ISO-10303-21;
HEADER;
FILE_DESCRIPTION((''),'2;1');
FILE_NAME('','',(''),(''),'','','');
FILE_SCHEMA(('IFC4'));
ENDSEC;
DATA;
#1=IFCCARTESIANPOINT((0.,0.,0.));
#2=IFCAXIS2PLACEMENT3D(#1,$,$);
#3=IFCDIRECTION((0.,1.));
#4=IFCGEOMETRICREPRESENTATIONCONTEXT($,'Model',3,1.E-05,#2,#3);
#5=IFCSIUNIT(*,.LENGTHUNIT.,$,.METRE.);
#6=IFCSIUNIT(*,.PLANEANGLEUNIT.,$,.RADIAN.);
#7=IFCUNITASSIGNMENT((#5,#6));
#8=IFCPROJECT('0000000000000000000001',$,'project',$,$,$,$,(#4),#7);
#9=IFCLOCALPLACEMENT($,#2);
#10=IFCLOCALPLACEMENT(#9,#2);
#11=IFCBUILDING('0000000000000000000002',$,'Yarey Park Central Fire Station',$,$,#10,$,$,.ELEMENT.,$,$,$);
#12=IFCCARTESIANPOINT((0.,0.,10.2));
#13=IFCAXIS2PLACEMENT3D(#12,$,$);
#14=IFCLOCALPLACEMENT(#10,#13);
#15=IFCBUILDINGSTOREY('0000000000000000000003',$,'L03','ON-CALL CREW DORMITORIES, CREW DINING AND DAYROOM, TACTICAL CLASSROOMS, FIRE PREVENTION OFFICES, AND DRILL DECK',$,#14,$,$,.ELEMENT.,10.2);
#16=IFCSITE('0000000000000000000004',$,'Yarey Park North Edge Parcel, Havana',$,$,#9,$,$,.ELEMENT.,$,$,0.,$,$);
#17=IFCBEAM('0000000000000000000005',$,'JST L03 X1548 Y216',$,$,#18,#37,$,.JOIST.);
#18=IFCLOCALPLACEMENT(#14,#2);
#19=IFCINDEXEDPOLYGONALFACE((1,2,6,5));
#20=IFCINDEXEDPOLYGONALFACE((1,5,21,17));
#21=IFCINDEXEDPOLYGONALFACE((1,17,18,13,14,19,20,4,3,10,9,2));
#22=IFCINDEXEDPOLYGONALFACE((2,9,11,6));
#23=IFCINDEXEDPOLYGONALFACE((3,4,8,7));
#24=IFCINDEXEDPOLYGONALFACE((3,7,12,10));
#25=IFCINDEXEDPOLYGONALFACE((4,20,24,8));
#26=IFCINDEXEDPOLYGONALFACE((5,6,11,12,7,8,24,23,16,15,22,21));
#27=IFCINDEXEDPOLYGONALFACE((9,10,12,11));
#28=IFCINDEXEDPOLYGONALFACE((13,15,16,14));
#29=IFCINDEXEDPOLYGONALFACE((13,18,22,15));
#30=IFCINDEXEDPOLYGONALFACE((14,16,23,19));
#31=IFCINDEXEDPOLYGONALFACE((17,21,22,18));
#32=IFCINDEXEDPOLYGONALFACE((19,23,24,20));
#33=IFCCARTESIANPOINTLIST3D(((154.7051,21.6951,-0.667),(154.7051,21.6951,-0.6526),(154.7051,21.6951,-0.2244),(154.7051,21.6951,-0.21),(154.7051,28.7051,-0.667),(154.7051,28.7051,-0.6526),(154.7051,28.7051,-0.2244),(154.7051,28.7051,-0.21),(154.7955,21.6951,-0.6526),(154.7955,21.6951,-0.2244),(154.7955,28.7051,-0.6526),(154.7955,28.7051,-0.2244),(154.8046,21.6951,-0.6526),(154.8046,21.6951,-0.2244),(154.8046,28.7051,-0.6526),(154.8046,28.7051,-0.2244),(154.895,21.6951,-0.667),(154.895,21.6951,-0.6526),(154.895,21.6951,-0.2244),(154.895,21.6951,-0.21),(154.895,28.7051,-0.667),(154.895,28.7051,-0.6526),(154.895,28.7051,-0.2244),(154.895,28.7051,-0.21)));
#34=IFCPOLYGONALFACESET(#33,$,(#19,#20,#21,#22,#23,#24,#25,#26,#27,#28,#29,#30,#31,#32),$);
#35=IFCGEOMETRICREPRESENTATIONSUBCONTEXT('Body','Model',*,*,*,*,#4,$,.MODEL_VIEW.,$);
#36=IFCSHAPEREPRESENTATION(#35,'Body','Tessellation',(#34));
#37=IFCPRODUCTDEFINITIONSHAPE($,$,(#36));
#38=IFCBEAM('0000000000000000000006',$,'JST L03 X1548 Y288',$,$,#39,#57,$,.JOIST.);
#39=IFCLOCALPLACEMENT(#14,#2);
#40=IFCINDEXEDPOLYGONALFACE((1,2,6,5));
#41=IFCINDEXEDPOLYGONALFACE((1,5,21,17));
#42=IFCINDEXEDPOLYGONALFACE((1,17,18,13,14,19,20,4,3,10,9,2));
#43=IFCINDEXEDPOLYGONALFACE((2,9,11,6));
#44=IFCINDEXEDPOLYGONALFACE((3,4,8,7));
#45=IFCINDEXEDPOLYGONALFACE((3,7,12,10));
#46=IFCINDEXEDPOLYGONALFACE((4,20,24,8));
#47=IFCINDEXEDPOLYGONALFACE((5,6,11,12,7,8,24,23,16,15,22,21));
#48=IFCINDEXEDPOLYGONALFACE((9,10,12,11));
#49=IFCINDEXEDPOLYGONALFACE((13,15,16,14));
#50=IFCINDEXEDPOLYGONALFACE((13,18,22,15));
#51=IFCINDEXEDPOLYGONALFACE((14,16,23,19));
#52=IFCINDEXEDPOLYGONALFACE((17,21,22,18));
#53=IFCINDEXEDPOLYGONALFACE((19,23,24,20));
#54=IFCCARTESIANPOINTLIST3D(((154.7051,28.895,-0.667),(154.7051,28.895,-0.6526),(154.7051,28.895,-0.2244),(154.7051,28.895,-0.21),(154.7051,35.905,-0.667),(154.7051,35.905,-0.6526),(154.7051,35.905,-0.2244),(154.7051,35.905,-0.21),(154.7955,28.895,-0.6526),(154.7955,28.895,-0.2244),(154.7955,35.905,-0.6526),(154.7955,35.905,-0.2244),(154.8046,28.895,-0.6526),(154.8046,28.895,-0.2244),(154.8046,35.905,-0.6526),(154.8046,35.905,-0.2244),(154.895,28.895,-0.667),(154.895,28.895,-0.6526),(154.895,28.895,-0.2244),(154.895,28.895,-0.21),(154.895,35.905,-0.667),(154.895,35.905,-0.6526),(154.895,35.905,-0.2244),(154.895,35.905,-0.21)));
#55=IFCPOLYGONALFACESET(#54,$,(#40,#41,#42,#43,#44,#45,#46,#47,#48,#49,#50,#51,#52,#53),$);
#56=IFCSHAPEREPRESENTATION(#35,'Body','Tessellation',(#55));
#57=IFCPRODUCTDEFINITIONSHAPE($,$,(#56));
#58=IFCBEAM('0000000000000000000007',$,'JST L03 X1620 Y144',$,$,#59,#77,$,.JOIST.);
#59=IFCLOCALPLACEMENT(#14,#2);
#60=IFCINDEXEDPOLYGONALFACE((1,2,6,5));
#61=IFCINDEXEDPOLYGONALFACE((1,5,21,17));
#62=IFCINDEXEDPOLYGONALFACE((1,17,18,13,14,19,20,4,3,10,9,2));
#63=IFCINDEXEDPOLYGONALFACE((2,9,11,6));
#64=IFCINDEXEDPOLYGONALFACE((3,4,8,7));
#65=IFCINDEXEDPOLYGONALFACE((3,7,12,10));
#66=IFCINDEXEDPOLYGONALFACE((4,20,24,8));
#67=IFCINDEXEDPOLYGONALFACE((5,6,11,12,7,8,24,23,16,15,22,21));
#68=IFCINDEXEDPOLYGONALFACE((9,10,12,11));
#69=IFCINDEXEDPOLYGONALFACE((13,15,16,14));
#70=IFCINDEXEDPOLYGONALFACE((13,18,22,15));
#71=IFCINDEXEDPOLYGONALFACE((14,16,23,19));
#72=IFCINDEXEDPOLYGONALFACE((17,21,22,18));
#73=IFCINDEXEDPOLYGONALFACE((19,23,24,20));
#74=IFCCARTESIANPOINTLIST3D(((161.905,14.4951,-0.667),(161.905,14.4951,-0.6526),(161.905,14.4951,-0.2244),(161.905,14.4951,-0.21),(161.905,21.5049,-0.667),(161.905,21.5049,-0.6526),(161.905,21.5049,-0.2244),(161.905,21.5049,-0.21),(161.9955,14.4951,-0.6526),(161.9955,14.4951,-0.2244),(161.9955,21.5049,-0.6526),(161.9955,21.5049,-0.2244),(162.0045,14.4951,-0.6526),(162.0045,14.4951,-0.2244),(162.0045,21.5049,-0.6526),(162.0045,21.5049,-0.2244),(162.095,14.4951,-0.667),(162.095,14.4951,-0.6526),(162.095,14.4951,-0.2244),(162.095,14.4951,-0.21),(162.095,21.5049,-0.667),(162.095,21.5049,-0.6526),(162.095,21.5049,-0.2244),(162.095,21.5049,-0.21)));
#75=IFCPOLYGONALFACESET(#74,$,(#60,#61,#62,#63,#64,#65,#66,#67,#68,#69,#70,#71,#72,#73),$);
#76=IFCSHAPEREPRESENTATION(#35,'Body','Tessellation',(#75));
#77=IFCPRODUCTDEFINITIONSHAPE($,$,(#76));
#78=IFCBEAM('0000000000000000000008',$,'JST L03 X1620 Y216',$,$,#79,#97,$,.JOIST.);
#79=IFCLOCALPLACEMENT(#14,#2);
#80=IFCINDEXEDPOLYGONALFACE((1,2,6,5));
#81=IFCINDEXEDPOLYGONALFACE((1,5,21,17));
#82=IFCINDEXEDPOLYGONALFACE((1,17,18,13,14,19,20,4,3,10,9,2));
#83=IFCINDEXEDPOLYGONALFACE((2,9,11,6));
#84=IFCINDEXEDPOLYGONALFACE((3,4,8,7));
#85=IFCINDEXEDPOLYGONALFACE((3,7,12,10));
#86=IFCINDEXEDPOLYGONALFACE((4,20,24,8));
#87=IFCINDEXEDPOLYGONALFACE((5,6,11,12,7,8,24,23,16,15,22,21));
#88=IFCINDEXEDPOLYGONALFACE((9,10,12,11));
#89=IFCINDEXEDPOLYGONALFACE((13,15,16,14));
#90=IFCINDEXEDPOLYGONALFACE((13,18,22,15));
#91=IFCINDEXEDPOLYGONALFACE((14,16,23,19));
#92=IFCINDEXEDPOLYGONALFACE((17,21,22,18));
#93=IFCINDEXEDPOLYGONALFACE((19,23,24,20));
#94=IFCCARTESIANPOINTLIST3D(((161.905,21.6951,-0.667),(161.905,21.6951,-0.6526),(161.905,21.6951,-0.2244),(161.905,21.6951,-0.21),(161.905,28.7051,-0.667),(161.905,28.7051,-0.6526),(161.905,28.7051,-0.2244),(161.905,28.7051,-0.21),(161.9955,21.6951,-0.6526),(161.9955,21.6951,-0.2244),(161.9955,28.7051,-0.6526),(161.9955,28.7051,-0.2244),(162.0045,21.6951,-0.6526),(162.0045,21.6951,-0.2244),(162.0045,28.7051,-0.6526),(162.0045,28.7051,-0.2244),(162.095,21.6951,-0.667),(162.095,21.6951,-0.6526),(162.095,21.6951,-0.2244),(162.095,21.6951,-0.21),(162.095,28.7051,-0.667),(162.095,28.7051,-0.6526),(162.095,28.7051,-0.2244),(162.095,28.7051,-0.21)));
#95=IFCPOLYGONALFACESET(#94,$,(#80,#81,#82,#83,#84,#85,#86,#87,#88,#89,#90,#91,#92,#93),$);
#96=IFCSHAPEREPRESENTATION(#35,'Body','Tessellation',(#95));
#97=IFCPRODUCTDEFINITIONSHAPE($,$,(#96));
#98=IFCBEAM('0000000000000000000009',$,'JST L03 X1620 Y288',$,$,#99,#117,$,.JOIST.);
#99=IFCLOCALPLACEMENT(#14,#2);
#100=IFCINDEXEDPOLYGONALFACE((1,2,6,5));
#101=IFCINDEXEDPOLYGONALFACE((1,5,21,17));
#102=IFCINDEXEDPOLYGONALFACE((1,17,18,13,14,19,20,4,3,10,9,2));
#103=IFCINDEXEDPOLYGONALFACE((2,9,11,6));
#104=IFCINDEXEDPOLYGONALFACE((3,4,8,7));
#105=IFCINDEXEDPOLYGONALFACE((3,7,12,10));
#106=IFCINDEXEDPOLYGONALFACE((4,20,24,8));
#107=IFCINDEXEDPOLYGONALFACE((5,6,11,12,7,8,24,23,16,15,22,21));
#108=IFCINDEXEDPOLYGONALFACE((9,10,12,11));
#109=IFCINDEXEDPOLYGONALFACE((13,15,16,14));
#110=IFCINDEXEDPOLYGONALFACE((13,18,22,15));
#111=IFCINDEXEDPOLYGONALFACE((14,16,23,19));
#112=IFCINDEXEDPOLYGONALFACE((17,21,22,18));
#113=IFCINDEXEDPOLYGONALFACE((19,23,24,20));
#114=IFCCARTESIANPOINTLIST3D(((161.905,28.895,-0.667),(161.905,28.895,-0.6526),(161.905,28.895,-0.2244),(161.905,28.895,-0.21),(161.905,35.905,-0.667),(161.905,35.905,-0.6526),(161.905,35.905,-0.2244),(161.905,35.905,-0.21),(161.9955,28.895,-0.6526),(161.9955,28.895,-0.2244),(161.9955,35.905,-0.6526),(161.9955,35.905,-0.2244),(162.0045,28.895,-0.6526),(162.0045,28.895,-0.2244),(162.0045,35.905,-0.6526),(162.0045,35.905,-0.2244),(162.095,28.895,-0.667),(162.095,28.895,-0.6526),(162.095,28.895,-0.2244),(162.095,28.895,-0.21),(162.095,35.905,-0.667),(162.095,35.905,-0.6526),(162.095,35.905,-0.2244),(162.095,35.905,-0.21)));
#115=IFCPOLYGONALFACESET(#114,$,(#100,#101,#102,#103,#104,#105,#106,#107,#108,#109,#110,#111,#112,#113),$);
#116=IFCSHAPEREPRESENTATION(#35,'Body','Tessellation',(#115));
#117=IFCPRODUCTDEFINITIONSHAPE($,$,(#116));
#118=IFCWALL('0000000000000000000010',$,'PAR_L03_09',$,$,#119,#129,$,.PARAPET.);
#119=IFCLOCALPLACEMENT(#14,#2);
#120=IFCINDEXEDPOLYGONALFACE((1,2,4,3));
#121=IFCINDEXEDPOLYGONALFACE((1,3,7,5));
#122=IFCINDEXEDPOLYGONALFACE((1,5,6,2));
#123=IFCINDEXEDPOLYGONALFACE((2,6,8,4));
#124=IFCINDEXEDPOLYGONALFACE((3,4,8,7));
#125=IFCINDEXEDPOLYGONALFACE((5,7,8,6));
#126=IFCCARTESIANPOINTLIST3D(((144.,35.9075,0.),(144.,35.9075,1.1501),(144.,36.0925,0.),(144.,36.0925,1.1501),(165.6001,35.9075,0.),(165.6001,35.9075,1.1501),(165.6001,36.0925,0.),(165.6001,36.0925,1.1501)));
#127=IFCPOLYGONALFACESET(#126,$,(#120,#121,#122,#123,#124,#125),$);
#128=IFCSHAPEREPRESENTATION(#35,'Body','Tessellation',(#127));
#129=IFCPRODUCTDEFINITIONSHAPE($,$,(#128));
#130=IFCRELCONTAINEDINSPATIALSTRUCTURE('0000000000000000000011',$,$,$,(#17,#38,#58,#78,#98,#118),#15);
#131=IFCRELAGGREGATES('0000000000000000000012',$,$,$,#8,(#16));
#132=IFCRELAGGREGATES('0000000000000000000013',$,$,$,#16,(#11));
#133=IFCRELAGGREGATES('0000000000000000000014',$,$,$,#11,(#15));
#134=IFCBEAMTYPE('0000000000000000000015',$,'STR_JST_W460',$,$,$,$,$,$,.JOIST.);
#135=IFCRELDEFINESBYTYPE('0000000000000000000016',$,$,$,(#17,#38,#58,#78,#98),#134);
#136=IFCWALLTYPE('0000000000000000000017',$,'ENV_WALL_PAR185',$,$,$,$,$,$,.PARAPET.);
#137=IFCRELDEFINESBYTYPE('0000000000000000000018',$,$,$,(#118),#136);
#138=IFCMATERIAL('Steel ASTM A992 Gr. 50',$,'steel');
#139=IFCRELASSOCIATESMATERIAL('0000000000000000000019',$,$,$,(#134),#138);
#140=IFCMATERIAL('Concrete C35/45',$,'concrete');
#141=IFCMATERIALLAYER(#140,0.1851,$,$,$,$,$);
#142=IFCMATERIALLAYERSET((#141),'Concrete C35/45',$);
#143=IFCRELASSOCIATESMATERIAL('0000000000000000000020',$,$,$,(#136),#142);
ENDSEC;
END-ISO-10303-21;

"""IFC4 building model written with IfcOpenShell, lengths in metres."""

from ifc_helpers import new_model, si_unit, direction, frame, frame_2d, origin, origin_2d, place, context, subcontext, project, spatial, rectangle, i_section, extrude, material, layer, layer_set, material_profile, profile_set, type_object, element, save


model = new_model("IFC4")

# Units and contexts
model_context = context("Model", 3, precision=1e-05, world=origin(), true_north=direction((0.0, 1.0)))
body_context = subcontext(model_context, "Body", "Model", "MODEL_VIEW")
ifc_project = project(units=[si_unit("LENGTHUNIT", "METRE"), si_unit("PLANEANGLEUNIT", "RADIAN")], contexts=[model_context])

# Site, building, storey
site_placement = place(None, origin())
site = spatial("IfcSite", under=ifc_project, at=site_placement, Name="Yarey Park North Edge Parcel, Havana", CompositionType="ELEMENT", RefElevation=0.0)
building_placement = place(site_placement, origin())
building = spatial("IfcBuilding", under=site, at=building_placement, Name="Yarey Park Central Fire Station", CompositionType="ELEMENT")
storey_placement = place(building_placement, frame((0.0, 0.0, 10.2)))
storey = spatial("IfcBuildingStorey", under=building, at=storey_placement, Name="L03", Description="ON-CALL CREW DORMITORIES, CREW DINING AND DAYROOM, TACTICAL CLASSROOMS, FIRE PREVENTION OFFICES, AND DRILL DECK", CompositionType="ELEMENT", Elevation=10.2)

# Shared definitions
ifc_material_1 = material(Name="Steel ASTM A992 Gr. 50", Category="steel")

# Beams
ifc_material_profile_1 = material_profile(ifc_material_1, i_section(OverallWidth=0.1899, OverallDepth=0.457, WebThickness=0.009, FlangeThickness=0.0144, at=origin_2d()), Name="W460x74")
ifc_profile_set_1 = profile_set([ifc_material_profile_1], Name="Steel ASTM A992 Gr. 50")
beam_type_1 = type_object("IfcBeamType", Name="STR_JST_W460", PredefinedType="JOIST", material=ifc_profile_set_1)
for number, where, z_axis, x_axis, name in (
    (1, (154.8, 21.6951, -0.4385), (0.0, 1.0, 0.0), (-1.0, 0.0, 0.0), "JST L03 X1548 Y216"),
    (2, (154.8, 28.895, -0.4385), (0.0, 1.0, 0.0), (-1.0, 0.0, 0.0), "JST L03 X1548 Y288"),
):
    element("IfcBeam", number, at=place(storey_placement, frame(where, z_axis=z_axis, x_axis=x_axis)), inside=storey, type_object=beam_type_1, Name=name, PredefinedType="JOIST", context=body_context, shape_type="SweptSolid", body=[
        extrude(i_section(OverallWidth=0.1899, OverallDepth=0.457, WebThickness=0.009, FlangeThickness=0.0144, at=origin_2d()), origin(), (0.0, 0.0, 1.0), 7.01),
    ])
beam_1_placement = place(storey_placement, frame((162.0, 14.4951, -0.4385), z_axis=(0.0, 1.0, 0.0), x_axis=(-1.0, 0.0, 0.0)))
element("IfcBeam", 3, at=beam_1_placement, inside=storey, type_object=beam_type_1, Name="JST L03 X1620 Y144", PredefinedType="JOIST", context=body_context, shape_type="SweptSolid", body=[
    extrude(i_section(OverallWidth=0.1899, OverallDepth=0.457, WebThickness=0.009, FlangeThickness=0.0144, at=origin_2d()), origin(), (0.0, 0.0, 1.0), 7.0098),
])
for number, where, z_axis, x_axis, name in (
    (4, (162.0, 21.6951, -0.4385), (0.0, 1.0, 0.0), (-1.0, 0.0, 0.0), "JST L03 X1620 Y216"),
    (5, (162.0, 28.895, -0.4385), (0.0, 1.0, 0.0), (-1.0, 0.0, 0.0), "JST L03 X1620 Y288"),
):
    element("IfcBeam", number, at=place(storey_placement, frame(where, z_axis=z_axis, x_axis=x_axis)), inside=storey, type_object=beam_type_1, Name=name, PredefinedType="JOIST", context=body_context, shape_type="SweptSolid", body=[
        extrude(i_section(OverallWidth=0.1899, OverallDepth=0.457, WebThickness=0.009, FlangeThickness=0.0144, at=origin_2d()), origin(), (0.0, 0.0, 1.0), 7.01),
    ])

# Wall
ifc_material_2 = material(Name="Concrete C35/45", Category="concrete")
ifc_layer = layer(ifc_material_2, 0.1851)
ifc_layer_set = layer_set([ifc_layer], Name="Concrete C35/45")
wall_type = type_object("IfcWallType", Name="ENV_WALL_PAR185", PredefinedType="PARAPET", material=ifc_layer_set)
wall_placement = place(storey_placement, frame((144.0, 36.0, 0.0), z_axis=(0.0, 0.0, 1.0), x_axis=(1.0, 0.0, 0.0)))
element("IfcWall", 6, at=wall_placement, inside=storey, type_object=wall_type, Name="PAR_L03_09", PredefinedType="PARAPET", context=body_context, shape_type="SweptSolid", body=[
    extrude(rectangle(XDim=21.6001, YDim=0.1851, at=frame_2d((10.8, 0.0))), origin(), (0.0, 0.0, 1.0), 1.1501),
])

save(model, "model.ifc")
